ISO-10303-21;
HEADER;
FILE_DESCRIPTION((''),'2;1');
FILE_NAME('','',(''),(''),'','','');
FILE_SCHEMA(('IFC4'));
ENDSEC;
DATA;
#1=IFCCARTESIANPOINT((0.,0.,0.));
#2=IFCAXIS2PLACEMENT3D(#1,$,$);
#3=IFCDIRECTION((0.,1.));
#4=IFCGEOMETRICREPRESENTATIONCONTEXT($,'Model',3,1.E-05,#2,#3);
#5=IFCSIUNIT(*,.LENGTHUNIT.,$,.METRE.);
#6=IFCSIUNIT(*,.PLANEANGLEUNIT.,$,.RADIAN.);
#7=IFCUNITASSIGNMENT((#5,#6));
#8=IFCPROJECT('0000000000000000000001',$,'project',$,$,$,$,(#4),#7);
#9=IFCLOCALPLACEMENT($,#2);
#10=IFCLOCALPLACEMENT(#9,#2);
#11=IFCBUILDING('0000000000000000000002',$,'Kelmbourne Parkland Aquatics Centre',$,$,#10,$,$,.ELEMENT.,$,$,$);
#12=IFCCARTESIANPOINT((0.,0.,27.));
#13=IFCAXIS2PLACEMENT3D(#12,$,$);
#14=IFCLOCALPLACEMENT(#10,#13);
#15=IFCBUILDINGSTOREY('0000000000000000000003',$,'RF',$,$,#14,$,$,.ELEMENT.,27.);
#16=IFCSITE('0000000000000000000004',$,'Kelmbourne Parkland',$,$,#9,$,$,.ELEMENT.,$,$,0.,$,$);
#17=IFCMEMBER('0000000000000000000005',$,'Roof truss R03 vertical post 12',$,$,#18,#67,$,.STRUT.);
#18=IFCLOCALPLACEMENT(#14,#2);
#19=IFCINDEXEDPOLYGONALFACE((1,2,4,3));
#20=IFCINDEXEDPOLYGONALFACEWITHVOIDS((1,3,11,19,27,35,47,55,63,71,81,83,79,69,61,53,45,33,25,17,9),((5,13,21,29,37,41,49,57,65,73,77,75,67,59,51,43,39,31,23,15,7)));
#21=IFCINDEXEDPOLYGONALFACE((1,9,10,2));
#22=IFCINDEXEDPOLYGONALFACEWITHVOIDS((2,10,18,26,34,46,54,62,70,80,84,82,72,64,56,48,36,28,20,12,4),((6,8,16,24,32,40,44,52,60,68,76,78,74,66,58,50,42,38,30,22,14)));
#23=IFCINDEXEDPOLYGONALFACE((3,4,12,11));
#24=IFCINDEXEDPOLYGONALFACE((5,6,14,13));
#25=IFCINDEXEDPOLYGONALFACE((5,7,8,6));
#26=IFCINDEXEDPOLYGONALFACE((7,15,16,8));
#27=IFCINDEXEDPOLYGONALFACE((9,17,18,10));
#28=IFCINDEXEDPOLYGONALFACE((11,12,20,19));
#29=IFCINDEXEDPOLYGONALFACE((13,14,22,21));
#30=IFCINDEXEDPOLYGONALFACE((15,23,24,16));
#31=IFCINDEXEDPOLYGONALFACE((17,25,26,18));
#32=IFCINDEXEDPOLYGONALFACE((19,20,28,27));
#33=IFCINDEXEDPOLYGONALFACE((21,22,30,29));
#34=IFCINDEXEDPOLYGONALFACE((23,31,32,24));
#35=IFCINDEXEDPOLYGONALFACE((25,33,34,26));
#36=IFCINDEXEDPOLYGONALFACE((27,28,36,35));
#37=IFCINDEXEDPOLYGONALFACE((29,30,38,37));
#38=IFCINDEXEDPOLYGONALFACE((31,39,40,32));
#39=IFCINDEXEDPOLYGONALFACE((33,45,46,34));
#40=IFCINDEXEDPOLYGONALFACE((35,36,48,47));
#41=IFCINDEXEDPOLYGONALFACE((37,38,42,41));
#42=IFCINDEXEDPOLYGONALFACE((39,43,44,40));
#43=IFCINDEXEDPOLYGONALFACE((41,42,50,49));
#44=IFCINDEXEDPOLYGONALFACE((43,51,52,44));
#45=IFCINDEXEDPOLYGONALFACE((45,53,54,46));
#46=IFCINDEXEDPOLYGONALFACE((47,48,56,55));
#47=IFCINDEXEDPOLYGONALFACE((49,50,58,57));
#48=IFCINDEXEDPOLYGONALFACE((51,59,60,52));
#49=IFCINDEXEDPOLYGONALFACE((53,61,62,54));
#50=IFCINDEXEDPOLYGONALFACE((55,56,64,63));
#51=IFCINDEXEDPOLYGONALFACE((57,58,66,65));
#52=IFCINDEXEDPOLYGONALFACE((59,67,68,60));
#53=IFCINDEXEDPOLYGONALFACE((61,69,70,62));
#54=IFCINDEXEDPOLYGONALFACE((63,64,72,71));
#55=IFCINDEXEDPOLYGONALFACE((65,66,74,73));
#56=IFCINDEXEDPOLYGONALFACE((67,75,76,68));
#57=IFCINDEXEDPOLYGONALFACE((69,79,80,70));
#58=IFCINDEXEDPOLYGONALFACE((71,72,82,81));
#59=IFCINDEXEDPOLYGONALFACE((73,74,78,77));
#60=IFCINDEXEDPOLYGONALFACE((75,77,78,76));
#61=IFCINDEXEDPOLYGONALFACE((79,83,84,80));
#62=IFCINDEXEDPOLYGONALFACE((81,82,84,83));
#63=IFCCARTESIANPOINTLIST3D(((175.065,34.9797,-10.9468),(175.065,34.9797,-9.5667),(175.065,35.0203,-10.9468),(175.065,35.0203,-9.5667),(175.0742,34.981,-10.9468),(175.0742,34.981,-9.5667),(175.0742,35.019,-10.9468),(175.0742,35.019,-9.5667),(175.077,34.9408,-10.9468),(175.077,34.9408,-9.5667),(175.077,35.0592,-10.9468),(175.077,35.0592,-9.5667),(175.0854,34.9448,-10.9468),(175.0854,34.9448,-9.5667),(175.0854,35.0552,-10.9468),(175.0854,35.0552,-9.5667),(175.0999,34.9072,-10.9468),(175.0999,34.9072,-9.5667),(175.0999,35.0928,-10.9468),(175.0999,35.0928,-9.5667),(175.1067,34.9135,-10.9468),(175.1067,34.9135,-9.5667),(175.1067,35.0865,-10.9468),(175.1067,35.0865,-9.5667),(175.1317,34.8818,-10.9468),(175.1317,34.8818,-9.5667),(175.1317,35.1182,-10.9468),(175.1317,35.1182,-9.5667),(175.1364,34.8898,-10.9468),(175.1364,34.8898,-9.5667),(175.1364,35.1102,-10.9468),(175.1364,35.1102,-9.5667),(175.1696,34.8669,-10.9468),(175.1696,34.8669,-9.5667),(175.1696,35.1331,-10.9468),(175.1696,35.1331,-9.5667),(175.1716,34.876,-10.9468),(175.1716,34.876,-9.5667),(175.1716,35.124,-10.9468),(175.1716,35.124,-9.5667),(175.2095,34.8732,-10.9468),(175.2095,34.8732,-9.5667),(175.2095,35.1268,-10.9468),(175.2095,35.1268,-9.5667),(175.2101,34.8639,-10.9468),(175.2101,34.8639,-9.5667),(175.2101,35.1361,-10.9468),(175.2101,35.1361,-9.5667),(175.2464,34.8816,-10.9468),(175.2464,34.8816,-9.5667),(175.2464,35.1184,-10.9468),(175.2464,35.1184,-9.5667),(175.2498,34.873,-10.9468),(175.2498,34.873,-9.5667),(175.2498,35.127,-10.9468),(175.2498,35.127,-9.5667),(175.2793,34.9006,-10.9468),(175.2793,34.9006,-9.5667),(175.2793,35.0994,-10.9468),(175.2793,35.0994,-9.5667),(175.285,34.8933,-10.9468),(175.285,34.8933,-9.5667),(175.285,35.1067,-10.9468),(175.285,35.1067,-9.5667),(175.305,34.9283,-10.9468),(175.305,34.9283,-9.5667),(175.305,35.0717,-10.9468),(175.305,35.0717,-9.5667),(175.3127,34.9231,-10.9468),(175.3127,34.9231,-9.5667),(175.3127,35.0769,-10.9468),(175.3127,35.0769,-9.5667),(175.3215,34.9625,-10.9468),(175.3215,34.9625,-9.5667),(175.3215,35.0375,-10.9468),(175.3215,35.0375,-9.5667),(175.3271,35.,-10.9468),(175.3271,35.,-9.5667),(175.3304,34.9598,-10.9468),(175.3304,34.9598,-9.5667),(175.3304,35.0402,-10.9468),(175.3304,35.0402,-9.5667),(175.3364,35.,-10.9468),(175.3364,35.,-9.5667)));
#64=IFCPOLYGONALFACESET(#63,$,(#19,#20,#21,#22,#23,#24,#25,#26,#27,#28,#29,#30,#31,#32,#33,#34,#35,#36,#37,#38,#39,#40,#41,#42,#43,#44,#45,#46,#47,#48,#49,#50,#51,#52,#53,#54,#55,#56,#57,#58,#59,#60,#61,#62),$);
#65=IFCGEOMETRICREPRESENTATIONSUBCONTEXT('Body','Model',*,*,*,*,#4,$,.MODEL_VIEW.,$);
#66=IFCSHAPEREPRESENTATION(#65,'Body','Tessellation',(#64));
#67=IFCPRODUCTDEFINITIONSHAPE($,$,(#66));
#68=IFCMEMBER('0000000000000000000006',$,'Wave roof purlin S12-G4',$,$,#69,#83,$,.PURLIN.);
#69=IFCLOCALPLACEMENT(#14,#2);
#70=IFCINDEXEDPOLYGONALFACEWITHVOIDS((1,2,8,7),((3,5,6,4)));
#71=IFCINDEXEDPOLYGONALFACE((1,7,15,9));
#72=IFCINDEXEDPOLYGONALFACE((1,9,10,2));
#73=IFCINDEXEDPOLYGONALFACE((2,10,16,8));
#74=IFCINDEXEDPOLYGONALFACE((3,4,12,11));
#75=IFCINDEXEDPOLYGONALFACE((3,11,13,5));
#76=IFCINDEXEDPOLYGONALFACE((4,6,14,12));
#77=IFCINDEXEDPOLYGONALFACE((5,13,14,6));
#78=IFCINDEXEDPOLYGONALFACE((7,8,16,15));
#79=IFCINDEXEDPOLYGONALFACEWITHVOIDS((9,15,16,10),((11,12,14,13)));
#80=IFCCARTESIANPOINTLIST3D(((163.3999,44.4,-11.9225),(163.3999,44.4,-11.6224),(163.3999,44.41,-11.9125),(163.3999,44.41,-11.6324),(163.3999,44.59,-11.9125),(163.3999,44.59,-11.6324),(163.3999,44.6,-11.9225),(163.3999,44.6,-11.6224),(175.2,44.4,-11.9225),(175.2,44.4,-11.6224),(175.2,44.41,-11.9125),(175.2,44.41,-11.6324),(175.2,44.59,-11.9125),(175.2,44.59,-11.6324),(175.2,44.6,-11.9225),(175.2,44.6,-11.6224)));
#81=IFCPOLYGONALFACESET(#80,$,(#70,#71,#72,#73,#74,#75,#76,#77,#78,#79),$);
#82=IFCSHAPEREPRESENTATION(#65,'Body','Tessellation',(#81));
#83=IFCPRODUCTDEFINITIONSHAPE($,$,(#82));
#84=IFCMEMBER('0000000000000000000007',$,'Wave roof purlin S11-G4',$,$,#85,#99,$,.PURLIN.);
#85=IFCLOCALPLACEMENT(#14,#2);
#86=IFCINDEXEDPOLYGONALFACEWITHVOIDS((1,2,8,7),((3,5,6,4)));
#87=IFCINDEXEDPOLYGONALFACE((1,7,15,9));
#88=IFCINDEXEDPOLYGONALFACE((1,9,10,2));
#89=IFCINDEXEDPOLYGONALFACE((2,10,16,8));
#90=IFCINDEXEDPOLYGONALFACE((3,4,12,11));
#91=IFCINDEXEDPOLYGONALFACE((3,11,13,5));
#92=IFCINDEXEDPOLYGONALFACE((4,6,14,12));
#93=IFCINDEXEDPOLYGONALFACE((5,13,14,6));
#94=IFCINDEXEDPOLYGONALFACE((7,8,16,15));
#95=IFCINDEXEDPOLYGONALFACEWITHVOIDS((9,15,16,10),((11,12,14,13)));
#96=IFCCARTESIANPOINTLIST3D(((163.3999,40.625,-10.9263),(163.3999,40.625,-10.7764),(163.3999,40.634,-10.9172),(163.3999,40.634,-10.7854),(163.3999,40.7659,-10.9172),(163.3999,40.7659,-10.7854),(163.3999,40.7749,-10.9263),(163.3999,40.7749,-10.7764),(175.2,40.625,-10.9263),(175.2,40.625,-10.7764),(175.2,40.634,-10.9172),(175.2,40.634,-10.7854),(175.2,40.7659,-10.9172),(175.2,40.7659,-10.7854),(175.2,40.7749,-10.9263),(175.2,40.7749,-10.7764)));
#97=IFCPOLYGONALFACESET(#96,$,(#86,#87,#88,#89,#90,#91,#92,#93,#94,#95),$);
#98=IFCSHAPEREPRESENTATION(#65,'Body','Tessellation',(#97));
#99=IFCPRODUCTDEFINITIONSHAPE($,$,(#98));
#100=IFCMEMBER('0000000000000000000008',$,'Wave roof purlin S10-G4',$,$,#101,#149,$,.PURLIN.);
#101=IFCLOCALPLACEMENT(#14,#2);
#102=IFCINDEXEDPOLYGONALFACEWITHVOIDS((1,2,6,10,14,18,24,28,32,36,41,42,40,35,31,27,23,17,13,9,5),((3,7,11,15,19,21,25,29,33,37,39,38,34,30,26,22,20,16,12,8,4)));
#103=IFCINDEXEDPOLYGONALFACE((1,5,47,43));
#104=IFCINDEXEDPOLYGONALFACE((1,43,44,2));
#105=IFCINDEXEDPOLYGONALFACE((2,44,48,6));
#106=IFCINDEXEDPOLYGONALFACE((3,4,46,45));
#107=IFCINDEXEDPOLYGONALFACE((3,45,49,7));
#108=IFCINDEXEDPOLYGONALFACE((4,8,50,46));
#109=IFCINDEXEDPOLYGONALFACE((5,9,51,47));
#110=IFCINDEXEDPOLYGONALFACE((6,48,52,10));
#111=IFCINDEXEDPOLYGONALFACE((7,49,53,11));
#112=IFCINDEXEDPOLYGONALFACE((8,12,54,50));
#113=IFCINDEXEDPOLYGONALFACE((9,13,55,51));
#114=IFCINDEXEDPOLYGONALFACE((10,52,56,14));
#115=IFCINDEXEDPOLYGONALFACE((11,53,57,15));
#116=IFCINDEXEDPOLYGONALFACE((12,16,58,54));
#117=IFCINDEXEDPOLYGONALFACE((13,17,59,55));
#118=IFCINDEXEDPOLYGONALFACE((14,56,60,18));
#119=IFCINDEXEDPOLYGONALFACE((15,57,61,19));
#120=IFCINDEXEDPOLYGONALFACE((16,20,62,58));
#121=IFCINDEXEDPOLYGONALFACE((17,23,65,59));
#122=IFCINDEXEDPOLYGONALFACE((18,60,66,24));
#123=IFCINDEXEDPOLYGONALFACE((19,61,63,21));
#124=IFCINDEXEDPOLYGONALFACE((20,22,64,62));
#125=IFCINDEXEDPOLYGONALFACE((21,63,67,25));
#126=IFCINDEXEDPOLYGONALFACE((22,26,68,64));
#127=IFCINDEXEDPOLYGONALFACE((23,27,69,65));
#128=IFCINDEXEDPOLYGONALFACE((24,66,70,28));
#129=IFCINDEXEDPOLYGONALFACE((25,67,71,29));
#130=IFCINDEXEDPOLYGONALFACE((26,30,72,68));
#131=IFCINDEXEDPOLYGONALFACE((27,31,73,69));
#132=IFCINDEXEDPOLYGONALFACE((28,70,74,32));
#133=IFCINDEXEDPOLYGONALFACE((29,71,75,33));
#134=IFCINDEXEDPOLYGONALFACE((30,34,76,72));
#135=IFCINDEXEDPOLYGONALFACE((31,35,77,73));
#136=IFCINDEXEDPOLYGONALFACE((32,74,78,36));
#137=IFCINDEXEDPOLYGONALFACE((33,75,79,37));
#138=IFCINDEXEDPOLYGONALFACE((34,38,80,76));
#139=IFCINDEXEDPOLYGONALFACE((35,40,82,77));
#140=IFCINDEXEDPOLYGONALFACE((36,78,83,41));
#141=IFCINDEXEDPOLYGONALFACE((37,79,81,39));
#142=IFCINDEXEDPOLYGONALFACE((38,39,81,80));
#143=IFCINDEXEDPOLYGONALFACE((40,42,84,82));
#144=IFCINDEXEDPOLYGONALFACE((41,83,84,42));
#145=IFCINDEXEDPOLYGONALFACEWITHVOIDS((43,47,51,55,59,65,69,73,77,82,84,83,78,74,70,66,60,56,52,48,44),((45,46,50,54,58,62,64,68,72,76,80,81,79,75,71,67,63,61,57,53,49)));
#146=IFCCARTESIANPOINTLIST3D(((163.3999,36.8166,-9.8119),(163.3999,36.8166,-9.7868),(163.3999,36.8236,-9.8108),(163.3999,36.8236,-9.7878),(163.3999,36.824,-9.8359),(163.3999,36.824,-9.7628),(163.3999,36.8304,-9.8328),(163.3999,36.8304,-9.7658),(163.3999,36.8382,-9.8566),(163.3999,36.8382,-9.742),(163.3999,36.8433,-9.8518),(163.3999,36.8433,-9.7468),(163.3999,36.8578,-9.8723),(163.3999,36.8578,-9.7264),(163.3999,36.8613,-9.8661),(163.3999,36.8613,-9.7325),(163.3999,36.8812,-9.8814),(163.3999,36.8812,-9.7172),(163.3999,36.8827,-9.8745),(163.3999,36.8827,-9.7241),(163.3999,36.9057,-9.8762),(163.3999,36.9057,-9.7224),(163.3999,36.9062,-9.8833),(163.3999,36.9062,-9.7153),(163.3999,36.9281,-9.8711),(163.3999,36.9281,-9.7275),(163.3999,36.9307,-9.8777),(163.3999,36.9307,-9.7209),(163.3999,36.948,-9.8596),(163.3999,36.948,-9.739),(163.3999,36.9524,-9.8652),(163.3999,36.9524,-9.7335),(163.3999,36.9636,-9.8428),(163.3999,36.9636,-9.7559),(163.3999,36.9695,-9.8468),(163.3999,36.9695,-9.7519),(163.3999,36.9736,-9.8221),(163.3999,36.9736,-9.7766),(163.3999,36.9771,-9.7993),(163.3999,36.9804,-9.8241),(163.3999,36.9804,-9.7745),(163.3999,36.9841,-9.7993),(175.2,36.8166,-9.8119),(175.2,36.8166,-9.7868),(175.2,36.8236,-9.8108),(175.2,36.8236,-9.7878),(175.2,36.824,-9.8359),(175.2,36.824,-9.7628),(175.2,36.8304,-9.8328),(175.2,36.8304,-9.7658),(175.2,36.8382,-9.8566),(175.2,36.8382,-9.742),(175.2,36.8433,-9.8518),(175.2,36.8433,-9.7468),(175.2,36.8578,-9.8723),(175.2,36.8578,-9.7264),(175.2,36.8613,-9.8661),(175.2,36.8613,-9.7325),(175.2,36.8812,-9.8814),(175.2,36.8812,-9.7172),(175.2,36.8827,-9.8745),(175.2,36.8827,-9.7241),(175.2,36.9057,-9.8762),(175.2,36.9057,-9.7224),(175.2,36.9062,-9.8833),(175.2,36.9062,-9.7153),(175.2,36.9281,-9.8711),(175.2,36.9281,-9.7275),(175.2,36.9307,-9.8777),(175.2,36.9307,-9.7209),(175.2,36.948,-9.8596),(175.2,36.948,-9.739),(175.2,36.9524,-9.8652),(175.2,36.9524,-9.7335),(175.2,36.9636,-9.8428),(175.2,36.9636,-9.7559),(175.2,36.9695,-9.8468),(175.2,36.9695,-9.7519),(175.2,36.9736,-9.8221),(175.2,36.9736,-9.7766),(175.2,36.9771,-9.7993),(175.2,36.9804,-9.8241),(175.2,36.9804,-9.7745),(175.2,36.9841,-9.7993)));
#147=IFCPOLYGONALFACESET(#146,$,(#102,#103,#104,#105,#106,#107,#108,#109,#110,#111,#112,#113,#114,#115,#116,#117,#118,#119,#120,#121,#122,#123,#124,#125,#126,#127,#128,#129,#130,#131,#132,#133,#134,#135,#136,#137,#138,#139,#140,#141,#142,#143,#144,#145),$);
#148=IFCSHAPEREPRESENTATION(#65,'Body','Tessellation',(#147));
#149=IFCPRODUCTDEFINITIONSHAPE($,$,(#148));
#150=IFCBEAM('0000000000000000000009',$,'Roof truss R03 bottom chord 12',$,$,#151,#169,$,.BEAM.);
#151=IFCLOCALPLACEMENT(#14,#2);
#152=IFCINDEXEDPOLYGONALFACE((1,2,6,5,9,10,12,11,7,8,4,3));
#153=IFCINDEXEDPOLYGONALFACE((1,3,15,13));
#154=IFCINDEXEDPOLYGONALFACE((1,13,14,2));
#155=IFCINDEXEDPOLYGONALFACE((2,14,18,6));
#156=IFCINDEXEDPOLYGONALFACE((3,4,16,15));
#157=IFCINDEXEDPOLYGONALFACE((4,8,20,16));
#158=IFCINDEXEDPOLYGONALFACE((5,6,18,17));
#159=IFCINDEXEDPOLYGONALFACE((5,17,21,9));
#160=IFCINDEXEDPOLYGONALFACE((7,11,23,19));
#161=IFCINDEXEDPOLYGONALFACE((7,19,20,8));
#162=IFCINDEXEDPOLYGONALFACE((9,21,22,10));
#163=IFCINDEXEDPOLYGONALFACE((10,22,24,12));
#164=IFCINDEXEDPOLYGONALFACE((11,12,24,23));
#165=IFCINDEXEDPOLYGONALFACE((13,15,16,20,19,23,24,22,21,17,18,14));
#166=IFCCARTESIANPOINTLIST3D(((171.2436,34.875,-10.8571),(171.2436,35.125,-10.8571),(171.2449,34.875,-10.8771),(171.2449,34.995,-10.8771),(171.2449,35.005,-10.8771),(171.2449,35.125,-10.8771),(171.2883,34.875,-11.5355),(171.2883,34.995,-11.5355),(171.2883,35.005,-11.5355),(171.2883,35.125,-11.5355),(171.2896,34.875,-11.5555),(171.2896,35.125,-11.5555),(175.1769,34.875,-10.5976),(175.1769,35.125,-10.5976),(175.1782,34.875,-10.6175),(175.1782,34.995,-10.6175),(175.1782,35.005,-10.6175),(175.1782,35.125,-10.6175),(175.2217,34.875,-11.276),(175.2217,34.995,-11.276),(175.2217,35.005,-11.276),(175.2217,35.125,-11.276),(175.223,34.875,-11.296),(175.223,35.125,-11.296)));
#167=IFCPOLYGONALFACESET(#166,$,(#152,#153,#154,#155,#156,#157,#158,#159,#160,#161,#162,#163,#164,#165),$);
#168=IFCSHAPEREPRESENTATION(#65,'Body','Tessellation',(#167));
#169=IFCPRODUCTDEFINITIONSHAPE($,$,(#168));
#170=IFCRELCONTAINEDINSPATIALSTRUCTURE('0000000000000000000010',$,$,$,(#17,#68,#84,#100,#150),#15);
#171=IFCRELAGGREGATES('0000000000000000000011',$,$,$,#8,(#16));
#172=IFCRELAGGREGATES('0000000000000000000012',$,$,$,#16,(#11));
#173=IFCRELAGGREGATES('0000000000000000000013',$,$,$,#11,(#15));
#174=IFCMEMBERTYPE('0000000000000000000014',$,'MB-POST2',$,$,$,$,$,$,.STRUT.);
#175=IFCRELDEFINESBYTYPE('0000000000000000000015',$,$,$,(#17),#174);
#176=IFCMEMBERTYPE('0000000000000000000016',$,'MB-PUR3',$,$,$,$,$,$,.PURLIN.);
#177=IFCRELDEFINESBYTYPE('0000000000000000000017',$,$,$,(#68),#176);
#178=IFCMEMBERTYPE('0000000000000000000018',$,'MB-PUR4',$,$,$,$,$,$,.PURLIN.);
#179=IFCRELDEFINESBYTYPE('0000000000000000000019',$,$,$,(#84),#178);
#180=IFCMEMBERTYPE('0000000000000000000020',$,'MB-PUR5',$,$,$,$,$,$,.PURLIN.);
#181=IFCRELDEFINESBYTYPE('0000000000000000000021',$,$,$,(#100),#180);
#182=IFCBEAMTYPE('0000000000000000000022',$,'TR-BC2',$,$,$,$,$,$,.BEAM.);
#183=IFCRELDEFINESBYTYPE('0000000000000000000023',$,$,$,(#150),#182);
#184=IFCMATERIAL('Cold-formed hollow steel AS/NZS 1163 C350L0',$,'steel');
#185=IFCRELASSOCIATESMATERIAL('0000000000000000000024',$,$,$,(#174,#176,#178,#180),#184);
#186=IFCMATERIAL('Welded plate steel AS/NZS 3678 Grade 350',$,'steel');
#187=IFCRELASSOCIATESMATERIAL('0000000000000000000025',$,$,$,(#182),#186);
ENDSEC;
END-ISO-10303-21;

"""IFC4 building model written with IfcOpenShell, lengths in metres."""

from ifc_helpers import new_model, si_unit, direction, frame, origin, origin_2d, place, context, subcontext, project, spatial, hollow_rectangle, hollow_circle, i_section, extrude, material, material_profile, profile_set, type_object, element, save


model = new_model("IFC4")

# Units and contexts
model_context = context("Model", 3, precision=1e-05, world=origin(), true_north=direction((0.0, 1.0)))
body_context = subcontext(model_context, "Body", "Model", "MODEL_VIEW")
ifc_project = project(units=[si_unit("LENGTHUNIT", "METRE"), si_unit("PLANEANGLEUNIT", "RADIAN")], contexts=[model_context])

# Site, building, storey
site_placement = place(None, origin())
site = spatial("IfcSite", under=ifc_project, at=site_placement, Name="Kelmbourne Parkland", CompositionType="ELEMENT", RefElevation=0.0)
building_placement = place(site_placement, origin())
building = spatial("IfcBuilding", under=site, at=building_placement, Name="Kelmbourne Parkland Aquatics Centre", CompositionType="ELEMENT")
storey_placement = place(building_placement, frame((0.0, 0.0, 27.0)))
storey = spatial("IfcBuildingStorey", under=building, at=storey_placement, Name="RF", CompositionType="ELEMENT", Elevation=27.0)

# Members
ifc_material_1 = material(Name="Cold-formed hollow steel AS/NZS 1163 C350L0", Category="steel")
ifc_material_profile_1 = material_profile(ifc_material_1, hollow_circle(Radius=0.1365, WallThickness=0.0093, at=origin_2d()), Name="CHS 273.1x9.3")
ifc_profile_set_1 = profile_set([ifc_material_profile_1], Name="Cold-formed hollow steel AS/NZS 1163 C350L0")
member_type_1 = type_object("IfcMemberType", Name="MB-POST2", PredefinedType="STRUT", material=ifc_profile_set_1)
member_1_placement = place(storey_placement, frame((175.2, 35.0, -10.9468), z_axis=(0.0, 0.0, 1.0), x_axis=(1.0, 0.0, 0.0)))
element("IfcMember", 1, at=member_1_placement, inside=storey, type_object=member_type_1, Name="Roof truss R03 vertical post 12", PredefinedType="STRUT", context=body_context, shape_type="SweptSolid", body=[
    extrude(hollow_circle(Radius=0.1365, WallThickness=0.0093, at=origin_2d()), origin(), (0.0, 0.0, 1.0), 1.3801),
])
ifc_material_profile_2 = material_profile(ifc_material_1, hollow_rectangle(XDim=0.2, YDim=0.3, WallThickness=0.01, at=origin_2d()), Name="RHS 300x200x10.0")
ifc_profile_set_2 = profile_set([ifc_material_profile_2], Name="Cold-formed hollow steel AS/NZS 1163 C350L0")
member_type_2 = type_object("IfcMemberType", Name="MB-PUR3", PredefinedType="PURLIN", material=ifc_profile_set_2)
member_2_placement = place(storey_placement, frame((163.3999, 44.5, -11.7725), z_axis=(1.0, 0.0, 0.0), x_axis=(0.0, 1.0, 0.0)))
element("IfcMember", 2, at=member_2_placement, inside=storey, type_object=member_type_2, Name="Wave roof purlin S12-G4", PredefinedType="PURLIN", context=body_context, shape_type="SweptSolid", body=[
    extrude(hollow_rectangle(XDim=0.2, YDim=0.3, WallThickness=0.01, at=origin_2d()), origin(), (0.0, 0.0, 1.0), 11.8),
])
ifc_material_profile_3 = material_profile(ifc_material_1, hollow_rectangle(XDim=0.1499, YDim=0.1499, WallThickness=0.009, at=origin_2d()), Name="SHS 150x150x9.0")
ifc_profile_set_3 = profile_set([ifc_material_profile_3], Name="Cold-formed hollow steel AS/NZS 1163 C350L0")
member_type_3 = type_object("IfcMemberType", Name="MB-PUR4", PredefinedType="PURLIN", material=ifc_profile_set_3)
member_3_placement = place(storey_placement, frame((163.3999, 40.7, -10.8513), z_axis=(1.0, 0.0, 0.0), x_axis=(0.0, 1.0, 0.0)))
element("IfcMember", 3, at=member_3_placement, inside=storey, type_object=member_type_3, Name="Wave roof purlin S11-G4", PredefinedType="PURLIN", context=body_context, shape_type="SweptSolid", body=[
    extrude(hollow_rectangle(XDim=0.1499, YDim=0.1499, WallThickness=0.009, at=origin_2d()), origin(), (0.0, 0.0, 1.0), 11.8),
])
ifc_material_profile_4 = material_profile(ifc_material_1, hollow_circle(Radius=0.0842, WallThickness=0.0071, at=origin_2d()), Name="CHS 168.3x7.1")
ifc_profile_set_4 = profile_set([ifc_material_profile_4], Name="Cold-formed hollow steel AS/NZS 1163 C350L0")
member_type_4 = type_object("IfcMemberType", Name="MB-PUR5", PredefinedType="PURLIN", material=ifc_profile_set_4)
member_4_placement = place(storey_placement, frame((163.3999, 36.8999, -9.7993), z_axis=(1.0, 0.0, 0.0), x_axis=(0.0, 1.0, 0.0)))
element("IfcMember", 4, at=member_4_placement, inside=storey, type_object=member_type_4, Name="Wave roof purlin S10-G4", PredefinedType="PURLIN", context=body_context, shape_type="SweptSolid", body=[
    extrude(hollow_circle(Radius=0.0842, WallThickness=0.0071, at=origin_2d()), origin(), (0.0, 0.0, 1.0), 11.8),
])

# Beam
ifc_material_2 = material(Name="Welded plate steel AS/NZS 3678 Grade 350", Category="steel")
ifc_material_profile_5 = material_profile(ifc_material_2, i_section(OverallWidth=0.25, OverallDepth=0.7, WebThickness=0.01, FlangeThickness=0.02, at=origin_2d()), Name="700WB130")
ifc_profile_set_5 = profile_set([ifc_material_profile_5], Name="Welded plate steel AS/NZS 3678 Grade 350")
beam_type_1 = type_object("IfcBeamType", Name="TR-BC2", PredefinedType="BEAM", material=ifc_profile_set_5)
beam_1_placement = place(storey_placement, frame((171.2666, 35.0, -11.2063), z_axis=(0.99783, 0.0, 0.065837), x_axis=(0.0, 1.0, 0.0)))
element("IfcBeam", 5, at=beam_1_placement, inside=storey, type_object=beam_type_1, Name="Roof truss R03 bottom chord 12", PredefinedType="BEAM", context=body_context, shape_type="SweptSolid", body=[
    extrude(i_section(OverallWidth=0.25, OverallDepth=0.7, WebThickness=0.01, FlangeThickness=0.02, at=origin_2d()), origin(), (0.0, 0.0, 1.0), 3.9419),
])

save(model, "model.ifc")
